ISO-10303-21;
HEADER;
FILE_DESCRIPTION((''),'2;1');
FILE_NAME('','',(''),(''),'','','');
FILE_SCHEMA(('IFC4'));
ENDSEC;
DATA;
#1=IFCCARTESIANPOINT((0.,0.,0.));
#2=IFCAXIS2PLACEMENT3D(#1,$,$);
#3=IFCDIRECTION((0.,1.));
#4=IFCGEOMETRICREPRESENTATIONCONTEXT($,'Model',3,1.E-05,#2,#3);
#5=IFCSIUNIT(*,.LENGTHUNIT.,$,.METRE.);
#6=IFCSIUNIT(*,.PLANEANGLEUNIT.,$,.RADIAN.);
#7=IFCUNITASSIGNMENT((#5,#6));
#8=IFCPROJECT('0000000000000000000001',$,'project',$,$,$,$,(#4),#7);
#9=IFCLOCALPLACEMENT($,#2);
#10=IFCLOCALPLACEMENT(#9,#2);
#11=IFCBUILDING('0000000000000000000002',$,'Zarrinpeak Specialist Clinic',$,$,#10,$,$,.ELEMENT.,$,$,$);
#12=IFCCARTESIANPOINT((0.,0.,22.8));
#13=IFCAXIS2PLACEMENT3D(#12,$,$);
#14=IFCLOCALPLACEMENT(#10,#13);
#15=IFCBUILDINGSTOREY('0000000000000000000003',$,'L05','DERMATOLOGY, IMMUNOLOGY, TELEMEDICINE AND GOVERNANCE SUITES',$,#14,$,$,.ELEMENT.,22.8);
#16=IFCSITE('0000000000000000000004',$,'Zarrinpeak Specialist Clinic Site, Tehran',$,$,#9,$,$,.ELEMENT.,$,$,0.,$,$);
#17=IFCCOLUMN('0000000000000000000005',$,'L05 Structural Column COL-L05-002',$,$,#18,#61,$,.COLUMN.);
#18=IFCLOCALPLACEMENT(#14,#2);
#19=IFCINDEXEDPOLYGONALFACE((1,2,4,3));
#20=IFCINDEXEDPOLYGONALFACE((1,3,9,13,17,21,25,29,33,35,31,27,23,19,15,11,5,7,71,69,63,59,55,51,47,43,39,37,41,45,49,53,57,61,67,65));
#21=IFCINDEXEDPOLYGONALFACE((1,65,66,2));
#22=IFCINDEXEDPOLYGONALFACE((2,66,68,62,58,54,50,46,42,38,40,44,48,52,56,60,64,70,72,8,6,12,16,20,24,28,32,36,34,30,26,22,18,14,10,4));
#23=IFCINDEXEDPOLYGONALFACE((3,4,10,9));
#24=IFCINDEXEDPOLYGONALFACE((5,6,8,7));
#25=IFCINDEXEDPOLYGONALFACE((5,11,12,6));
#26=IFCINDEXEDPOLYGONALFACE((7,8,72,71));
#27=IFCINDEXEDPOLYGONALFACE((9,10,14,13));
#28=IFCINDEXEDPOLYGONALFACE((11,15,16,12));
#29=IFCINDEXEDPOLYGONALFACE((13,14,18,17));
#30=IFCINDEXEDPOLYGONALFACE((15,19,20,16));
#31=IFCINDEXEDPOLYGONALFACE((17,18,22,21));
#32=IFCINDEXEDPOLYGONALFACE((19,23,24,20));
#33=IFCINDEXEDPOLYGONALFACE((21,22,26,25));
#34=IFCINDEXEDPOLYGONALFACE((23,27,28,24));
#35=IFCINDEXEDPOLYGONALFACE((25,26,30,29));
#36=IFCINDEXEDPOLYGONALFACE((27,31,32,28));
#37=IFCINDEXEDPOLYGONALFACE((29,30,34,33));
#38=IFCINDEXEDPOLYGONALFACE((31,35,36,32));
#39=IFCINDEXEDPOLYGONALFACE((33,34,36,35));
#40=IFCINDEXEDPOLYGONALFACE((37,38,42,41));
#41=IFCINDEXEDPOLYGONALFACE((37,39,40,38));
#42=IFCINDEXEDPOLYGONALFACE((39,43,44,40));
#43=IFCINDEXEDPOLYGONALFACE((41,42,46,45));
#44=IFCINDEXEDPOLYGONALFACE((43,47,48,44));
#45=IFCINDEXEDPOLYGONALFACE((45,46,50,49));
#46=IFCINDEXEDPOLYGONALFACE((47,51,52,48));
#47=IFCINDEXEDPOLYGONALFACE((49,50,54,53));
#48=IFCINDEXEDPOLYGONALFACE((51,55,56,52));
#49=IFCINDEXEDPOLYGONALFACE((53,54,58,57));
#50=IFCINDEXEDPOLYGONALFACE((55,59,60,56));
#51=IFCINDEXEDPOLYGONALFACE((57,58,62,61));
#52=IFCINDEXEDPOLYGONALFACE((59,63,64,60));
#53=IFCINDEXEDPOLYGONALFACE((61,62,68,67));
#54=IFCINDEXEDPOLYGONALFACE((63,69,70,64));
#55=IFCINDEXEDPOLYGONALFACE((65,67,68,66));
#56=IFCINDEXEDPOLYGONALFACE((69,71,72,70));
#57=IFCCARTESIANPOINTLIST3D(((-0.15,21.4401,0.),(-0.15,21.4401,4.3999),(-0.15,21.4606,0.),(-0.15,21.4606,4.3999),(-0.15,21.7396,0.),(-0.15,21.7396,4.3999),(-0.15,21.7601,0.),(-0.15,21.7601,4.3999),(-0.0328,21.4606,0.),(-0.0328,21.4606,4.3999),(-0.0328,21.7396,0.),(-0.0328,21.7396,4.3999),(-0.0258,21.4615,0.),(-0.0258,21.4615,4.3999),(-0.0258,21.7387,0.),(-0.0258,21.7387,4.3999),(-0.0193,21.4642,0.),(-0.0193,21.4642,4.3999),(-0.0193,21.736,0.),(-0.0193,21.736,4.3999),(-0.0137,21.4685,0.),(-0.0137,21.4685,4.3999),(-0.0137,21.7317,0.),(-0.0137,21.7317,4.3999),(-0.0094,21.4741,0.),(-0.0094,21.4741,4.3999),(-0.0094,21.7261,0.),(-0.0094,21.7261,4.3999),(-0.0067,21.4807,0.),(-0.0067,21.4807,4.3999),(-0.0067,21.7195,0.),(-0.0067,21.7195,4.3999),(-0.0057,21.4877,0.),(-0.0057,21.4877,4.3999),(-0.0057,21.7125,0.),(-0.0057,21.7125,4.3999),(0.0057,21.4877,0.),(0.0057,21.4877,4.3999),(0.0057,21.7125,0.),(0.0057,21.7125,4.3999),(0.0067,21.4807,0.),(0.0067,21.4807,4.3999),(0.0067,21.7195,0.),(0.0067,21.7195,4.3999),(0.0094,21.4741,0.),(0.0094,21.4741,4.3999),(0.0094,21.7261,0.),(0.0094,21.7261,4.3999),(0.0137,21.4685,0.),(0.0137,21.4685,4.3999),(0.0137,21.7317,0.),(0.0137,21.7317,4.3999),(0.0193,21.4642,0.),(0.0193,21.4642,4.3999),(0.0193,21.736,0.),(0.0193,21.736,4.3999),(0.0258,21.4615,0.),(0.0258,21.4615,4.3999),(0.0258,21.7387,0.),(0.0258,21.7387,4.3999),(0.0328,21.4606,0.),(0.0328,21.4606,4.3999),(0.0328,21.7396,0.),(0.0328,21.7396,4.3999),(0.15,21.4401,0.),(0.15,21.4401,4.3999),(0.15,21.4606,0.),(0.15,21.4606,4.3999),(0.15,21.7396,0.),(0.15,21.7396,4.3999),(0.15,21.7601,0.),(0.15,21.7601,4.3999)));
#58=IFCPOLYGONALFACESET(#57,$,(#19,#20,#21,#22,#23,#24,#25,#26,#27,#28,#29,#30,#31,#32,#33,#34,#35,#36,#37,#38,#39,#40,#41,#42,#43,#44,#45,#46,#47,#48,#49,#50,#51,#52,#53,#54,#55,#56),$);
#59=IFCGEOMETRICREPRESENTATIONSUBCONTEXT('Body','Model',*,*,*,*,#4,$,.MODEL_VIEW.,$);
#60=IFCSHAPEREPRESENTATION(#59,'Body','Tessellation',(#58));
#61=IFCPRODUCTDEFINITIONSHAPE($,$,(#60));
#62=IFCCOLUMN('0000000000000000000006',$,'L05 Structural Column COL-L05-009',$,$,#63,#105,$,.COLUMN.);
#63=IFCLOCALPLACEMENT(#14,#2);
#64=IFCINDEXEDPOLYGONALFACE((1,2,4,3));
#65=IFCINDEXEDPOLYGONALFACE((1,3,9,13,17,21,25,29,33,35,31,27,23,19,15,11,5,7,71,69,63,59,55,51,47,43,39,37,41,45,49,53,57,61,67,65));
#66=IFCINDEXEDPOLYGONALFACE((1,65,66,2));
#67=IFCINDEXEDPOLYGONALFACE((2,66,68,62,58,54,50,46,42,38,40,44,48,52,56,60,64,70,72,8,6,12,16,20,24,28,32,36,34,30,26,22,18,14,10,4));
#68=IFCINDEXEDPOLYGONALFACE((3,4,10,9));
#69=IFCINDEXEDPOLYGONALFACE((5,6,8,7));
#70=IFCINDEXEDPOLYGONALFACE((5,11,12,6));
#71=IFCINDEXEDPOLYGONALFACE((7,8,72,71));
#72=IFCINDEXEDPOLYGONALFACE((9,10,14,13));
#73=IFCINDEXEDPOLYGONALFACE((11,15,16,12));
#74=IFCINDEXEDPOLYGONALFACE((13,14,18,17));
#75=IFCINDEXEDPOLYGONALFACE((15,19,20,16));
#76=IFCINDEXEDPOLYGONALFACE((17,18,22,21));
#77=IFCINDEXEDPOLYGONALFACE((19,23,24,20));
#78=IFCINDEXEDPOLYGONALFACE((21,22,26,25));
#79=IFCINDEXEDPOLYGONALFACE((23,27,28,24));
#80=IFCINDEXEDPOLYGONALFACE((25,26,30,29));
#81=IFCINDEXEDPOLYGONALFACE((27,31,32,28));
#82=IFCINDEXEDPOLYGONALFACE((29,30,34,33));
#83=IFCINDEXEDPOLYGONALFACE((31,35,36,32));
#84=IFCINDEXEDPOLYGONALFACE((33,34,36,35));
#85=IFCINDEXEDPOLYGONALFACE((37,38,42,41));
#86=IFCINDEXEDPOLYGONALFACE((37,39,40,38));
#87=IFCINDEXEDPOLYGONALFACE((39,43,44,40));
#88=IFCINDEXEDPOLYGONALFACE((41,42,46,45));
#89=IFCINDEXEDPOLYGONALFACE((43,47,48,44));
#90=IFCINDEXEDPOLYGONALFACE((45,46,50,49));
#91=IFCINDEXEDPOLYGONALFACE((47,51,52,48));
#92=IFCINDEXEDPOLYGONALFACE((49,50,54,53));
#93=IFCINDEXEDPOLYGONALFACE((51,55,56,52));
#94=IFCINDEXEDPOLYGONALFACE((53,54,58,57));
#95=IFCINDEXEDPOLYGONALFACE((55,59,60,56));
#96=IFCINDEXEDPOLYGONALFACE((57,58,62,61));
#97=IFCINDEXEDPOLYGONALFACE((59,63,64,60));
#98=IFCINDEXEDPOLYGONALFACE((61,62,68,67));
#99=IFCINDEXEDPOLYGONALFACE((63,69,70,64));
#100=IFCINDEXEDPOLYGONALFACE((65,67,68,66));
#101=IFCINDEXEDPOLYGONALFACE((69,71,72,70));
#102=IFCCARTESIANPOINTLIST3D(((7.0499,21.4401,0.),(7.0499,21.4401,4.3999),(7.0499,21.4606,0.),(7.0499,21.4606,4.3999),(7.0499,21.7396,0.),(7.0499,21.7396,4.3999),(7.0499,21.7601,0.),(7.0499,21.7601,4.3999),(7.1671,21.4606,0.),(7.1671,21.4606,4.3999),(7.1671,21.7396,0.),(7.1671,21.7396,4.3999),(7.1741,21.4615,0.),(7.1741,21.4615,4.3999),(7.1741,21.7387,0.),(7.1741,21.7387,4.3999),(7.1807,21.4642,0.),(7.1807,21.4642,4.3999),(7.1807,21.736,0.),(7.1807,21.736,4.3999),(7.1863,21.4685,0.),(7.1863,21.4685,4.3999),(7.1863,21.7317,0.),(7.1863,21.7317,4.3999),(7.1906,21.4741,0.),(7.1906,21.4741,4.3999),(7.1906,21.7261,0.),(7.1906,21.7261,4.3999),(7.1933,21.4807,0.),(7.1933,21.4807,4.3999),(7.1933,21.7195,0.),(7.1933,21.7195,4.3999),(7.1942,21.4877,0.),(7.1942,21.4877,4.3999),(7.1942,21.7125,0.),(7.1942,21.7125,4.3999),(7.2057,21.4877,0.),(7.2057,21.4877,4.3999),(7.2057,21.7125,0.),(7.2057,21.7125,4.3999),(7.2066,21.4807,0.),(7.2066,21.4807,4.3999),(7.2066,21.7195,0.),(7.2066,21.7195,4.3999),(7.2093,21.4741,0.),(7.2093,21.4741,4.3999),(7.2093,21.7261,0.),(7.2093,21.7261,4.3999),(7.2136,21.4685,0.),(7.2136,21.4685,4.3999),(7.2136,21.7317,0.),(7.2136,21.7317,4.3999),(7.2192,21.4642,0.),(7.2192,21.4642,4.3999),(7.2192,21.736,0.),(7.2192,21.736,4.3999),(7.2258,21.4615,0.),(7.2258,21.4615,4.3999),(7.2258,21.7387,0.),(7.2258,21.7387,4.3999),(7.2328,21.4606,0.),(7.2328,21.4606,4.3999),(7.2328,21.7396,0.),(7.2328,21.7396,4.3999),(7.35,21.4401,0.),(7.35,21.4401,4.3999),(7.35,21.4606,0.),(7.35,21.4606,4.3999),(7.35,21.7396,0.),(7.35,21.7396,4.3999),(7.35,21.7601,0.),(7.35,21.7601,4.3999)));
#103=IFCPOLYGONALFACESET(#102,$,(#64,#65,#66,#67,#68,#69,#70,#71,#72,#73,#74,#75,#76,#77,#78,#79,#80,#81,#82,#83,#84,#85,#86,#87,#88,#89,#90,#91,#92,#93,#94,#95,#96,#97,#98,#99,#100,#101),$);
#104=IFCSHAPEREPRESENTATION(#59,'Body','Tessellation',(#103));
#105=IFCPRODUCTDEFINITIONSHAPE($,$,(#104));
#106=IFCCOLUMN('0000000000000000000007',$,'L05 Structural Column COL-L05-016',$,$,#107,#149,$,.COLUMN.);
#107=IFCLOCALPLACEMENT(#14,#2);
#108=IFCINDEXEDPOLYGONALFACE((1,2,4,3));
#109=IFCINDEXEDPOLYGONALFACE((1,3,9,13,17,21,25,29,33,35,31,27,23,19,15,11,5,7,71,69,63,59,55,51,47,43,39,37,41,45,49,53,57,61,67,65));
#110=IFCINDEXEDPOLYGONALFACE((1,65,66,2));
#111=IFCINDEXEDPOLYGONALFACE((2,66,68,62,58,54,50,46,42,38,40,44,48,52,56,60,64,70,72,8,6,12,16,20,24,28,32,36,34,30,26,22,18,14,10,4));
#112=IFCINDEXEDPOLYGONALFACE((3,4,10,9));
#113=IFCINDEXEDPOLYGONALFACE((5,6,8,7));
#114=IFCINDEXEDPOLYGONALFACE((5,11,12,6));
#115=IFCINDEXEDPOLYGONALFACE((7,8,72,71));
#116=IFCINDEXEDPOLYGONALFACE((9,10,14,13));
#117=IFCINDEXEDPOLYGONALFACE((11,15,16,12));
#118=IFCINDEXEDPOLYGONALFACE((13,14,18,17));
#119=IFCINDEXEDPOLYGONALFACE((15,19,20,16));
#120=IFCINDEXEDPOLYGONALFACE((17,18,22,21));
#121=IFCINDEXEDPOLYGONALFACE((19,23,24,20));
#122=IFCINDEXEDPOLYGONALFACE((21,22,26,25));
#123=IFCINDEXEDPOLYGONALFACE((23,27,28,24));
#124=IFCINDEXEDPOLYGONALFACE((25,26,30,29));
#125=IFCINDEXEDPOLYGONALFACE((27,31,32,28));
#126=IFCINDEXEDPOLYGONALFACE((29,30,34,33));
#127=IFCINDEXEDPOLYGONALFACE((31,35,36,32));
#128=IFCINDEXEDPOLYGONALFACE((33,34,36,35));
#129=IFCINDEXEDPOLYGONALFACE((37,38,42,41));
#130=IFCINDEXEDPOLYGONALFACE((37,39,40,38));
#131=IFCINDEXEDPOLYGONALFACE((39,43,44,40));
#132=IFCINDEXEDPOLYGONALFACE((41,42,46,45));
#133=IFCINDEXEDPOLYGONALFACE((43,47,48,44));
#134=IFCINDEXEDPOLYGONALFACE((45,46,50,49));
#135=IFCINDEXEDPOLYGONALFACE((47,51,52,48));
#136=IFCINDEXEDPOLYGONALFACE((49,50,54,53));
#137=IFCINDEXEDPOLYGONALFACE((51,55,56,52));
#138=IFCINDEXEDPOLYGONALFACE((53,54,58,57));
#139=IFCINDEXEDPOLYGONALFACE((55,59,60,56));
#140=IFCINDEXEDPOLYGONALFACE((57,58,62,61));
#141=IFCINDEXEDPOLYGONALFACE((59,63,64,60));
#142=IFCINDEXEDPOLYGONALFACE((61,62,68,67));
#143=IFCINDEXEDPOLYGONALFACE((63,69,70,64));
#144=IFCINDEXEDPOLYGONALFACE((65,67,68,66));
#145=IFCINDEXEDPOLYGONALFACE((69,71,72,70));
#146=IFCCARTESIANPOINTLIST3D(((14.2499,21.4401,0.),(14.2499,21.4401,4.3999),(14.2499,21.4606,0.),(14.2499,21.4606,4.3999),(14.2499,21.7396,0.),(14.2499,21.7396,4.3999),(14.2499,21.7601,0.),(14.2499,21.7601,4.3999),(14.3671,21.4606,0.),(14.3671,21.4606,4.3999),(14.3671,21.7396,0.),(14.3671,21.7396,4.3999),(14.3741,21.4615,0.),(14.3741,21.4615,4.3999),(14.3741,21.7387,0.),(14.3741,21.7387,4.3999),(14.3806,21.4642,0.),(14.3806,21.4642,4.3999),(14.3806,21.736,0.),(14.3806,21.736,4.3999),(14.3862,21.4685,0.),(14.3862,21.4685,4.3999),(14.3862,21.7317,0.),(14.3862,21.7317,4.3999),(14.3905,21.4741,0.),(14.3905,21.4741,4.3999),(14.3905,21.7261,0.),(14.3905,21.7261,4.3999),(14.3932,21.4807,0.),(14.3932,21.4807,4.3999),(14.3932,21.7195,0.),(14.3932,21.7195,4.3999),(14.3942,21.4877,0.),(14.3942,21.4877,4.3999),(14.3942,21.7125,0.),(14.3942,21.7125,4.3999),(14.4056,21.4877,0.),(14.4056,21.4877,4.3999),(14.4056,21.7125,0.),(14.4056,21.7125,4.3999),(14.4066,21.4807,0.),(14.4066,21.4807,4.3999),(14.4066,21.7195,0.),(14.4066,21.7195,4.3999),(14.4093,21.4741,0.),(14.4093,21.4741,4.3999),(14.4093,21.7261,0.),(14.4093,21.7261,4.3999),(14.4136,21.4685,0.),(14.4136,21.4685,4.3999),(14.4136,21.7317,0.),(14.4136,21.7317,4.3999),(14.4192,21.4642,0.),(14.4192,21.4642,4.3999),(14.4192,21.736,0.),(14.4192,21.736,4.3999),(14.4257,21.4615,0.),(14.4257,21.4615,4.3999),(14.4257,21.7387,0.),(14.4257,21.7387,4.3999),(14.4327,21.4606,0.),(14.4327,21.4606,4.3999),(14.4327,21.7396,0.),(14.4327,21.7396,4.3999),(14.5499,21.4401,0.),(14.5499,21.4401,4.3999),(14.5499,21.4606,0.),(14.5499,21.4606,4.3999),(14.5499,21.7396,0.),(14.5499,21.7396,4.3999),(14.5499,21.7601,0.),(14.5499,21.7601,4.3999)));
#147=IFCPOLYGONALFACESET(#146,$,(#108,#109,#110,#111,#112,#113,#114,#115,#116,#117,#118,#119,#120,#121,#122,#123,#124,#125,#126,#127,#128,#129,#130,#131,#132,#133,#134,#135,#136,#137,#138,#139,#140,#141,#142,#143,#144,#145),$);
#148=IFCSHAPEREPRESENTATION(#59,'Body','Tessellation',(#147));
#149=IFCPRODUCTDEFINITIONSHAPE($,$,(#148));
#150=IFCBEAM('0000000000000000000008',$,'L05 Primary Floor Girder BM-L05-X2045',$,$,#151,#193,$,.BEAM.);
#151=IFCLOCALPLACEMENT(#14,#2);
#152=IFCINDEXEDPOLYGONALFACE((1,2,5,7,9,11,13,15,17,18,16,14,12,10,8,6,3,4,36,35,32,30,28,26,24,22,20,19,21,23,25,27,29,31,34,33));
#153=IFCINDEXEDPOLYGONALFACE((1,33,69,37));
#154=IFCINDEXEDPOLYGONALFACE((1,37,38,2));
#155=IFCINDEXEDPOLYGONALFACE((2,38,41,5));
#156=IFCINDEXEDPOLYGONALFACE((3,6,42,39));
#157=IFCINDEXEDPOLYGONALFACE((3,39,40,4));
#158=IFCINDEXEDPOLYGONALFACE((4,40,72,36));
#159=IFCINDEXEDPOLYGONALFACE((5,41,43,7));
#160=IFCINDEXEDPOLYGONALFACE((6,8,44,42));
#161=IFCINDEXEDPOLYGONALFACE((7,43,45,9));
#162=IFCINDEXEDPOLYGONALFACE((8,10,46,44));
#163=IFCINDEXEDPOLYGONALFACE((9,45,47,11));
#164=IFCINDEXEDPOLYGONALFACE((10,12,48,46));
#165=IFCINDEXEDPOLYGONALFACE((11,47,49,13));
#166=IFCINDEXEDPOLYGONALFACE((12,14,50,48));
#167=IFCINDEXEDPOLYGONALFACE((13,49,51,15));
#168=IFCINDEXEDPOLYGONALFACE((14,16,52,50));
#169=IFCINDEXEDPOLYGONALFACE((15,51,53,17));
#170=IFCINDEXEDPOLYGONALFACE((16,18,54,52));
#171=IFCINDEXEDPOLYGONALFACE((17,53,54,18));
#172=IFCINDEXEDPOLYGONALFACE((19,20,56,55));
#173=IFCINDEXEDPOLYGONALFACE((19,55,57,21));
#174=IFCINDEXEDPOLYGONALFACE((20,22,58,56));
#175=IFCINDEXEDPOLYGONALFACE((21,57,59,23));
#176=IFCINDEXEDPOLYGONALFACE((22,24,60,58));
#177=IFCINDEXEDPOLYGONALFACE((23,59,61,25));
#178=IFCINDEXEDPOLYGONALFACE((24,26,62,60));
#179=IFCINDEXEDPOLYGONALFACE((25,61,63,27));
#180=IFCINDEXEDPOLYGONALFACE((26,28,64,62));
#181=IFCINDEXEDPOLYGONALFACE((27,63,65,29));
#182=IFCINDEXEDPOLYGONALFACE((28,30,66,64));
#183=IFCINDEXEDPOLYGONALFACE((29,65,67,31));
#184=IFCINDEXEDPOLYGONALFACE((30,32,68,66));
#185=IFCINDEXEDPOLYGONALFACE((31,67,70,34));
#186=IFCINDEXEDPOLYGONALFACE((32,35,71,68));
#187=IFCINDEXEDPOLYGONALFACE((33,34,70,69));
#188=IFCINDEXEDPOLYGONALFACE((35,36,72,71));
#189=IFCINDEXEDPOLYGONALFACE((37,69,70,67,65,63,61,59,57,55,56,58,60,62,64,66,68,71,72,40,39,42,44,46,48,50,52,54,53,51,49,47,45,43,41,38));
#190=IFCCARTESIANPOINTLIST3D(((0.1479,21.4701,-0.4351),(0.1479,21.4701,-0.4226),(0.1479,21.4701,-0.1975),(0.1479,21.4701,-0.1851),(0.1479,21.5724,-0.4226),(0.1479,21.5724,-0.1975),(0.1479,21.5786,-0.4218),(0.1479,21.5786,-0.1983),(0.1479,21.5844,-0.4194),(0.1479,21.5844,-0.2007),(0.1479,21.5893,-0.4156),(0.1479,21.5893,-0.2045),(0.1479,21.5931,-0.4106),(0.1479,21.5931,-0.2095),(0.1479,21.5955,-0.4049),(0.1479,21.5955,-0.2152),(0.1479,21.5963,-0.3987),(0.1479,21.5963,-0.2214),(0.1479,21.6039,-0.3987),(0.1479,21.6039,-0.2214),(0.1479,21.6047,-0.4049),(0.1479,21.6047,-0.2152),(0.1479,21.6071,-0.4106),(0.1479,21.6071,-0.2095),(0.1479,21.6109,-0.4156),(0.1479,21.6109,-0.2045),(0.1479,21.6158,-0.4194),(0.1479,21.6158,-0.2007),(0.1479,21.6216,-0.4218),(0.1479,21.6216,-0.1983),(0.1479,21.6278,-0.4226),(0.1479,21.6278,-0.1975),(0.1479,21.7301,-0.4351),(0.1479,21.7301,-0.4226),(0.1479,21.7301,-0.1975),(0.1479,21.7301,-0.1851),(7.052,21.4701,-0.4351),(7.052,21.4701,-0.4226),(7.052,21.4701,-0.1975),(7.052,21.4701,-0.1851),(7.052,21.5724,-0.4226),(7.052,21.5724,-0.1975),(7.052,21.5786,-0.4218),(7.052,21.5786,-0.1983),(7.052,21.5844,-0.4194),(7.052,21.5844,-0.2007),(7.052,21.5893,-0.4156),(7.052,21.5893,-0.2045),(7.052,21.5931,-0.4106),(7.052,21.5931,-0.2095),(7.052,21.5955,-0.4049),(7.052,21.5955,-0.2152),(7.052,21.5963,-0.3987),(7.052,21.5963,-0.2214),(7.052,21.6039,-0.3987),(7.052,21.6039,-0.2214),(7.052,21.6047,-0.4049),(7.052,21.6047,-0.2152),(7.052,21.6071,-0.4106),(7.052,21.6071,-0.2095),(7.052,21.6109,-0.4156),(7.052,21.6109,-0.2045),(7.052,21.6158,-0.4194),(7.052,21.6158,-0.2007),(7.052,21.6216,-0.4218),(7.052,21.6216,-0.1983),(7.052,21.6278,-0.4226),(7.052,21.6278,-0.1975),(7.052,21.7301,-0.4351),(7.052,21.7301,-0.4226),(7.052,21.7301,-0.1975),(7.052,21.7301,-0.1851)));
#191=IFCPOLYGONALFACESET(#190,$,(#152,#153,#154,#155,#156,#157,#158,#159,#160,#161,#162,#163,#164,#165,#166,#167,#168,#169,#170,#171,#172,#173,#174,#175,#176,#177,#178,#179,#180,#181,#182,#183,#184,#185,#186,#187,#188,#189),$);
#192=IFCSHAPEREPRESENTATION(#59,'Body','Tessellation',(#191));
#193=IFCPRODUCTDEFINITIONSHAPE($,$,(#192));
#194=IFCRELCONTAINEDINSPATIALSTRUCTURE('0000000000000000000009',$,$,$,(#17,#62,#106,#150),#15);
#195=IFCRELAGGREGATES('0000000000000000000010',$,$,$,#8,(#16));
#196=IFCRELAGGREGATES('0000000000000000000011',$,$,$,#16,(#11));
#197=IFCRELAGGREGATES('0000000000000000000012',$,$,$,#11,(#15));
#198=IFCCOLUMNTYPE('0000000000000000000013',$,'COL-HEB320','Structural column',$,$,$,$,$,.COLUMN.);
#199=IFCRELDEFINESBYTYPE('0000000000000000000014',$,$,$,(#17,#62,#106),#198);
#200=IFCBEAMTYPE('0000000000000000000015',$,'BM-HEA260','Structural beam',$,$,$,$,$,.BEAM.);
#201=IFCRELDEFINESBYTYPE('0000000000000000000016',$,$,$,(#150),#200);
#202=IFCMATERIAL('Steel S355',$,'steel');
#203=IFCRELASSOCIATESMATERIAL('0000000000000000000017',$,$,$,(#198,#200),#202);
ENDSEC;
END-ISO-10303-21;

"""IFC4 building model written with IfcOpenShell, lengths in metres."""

from ifc_helpers import new_model, si_unit, direction, frame, origin, origin_2d, place, context, subcontext, project, spatial, i_section, extrude, material, material_profile, profile_set, type_object, element, save


model = new_model("IFC4")

# Units and contexts
model_context = context("Model", 3, precision=1e-05, world=origin(), true_north=direction((0.0, 1.0)))
body_context = subcontext(model_context, "Body", "Model", "MODEL_VIEW")
ifc_project = project(units=[si_unit("LENGTHUNIT", "METRE"), si_unit("PLANEANGLEUNIT", "RADIAN")], contexts=[model_context])

# Site, building, storey
site_placement = place(None, origin())
site = spatial("IfcSite", under=ifc_project, at=site_placement, Name="Zarrinpeak Specialist Clinic Site, Tehran", CompositionType="ELEMENT", RefElevation=0.0)
building_placement = place(site_placement, origin())
building = spatial("IfcBuilding", under=site, at=building_placement, Name="Zarrinpeak Specialist Clinic", CompositionType="ELEMENT")
storey_placement = place(building_placement, frame((0.0, 0.0, 22.8)))
storey = spatial("IfcBuildingStorey", under=building, at=storey_placement, Name="L05", Description="DERMATOLOGY, IMMUNOLOGY, TELEMEDICINE AND GOVERNANCE SUITES", CompositionType="ELEMENT", Elevation=22.8)

# Columns
ifc_material_1 = material(Name="Steel S355", Category="steel")
ifc_material_profile_1 = material_profile(ifc_material_1, i_section(OverallWidth=0.3, OverallDepth=0.3201, WebThickness=0.0115, FlangeThickness=0.0205, FilletRadius=0.0271, at=origin_2d()), Name="HEB 320")
ifc_profile_set_1 = profile_set([ifc_material_profile_1], Name="Steel S355")
column_type = type_object("IfcColumnType", Name="COL-HEB320", Description="Structural column", PredefinedType="COLUMN", material=ifc_profile_set_1)
for number, where, z_axis, x_axis, name in (
    (1, (0.0, 21.6001, 0.0), (0.0, 0.0, 1.0), (1.0, 0.0, 0.0), "L05 Structural Column COL-L05-002"),
    (2, (7.2, 21.6001, 0.0), (0.0, 0.0, 1.0), (1.0, 0.0, 0.0), "L05 Structural Column COL-L05-009"),
    (3, (14.3999, 21.6001, 0.0), (0.0, 0.0, 1.0), (1.0, 0.0, 0.0), "L05 Structural Column COL-L05-016"),
):
    element("IfcColumn", number, at=place(storey_placement, frame(where, z_axis=z_axis, x_axis=x_axis)), inside=storey, type_object=column_type, Name=name, PredefinedType="COLUMN", context=body_context, shape_type="SweptSolid", body=[
        extrude(i_section(OverallWidth=0.3, OverallDepth=0.3201, WebThickness=0.0115, FlangeThickness=0.0205, FilletRadius=0.0271, at=origin_2d()), origin(), (0.0, 0.0, 1.0), 4.3999),
    ])

# Beam
ifc_material_profile_2 = material_profile(ifc_material_1, i_section(OverallWidth=0.26, OverallDepth=0.25, WebThickness=0.0076, FlangeThickness=0.0125, FilletRadius=0.0239, at=origin_2d()), Name="HEA 260")
ifc_profile_set_2 = profile_set([ifc_material_profile_2], Name="Steel S355")
beam_type_1 = type_object("IfcBeamType", Name="BM-HEA260", Description="Structural beam", PredefinedType="BEAM", material=ifc_profile_set_2)
for number, where, z_axis, x_axis, name in (
    (4, (0.1479, 21.6001, -0.3101), (1.0, 0.0, 0.0), (0.0, 1.0, 0.0), "L05 Primary Floor Girder BM-L05-X2045"),
):
    element("IfcBeam", number, at=place(storey_placement, frame(where, z_axis=z_axis, x_axis=x_axis)), inside=storey, type_object=beam_type_1, Name=name, PredefinedType="BEAM", context=body_context, shape_type="SweptSolid", body=[
        extrude(i_section(OverallWidth=0.26, OverallDepth=0.25, WebThickness=0.0076, FlangeThickness=0.0125, FilletRadius=0.0239, at=origin_2d()), origin(), (0.0, 0.0, 1.0), 6.9041),
    ])

save(model, "model.ifc")
